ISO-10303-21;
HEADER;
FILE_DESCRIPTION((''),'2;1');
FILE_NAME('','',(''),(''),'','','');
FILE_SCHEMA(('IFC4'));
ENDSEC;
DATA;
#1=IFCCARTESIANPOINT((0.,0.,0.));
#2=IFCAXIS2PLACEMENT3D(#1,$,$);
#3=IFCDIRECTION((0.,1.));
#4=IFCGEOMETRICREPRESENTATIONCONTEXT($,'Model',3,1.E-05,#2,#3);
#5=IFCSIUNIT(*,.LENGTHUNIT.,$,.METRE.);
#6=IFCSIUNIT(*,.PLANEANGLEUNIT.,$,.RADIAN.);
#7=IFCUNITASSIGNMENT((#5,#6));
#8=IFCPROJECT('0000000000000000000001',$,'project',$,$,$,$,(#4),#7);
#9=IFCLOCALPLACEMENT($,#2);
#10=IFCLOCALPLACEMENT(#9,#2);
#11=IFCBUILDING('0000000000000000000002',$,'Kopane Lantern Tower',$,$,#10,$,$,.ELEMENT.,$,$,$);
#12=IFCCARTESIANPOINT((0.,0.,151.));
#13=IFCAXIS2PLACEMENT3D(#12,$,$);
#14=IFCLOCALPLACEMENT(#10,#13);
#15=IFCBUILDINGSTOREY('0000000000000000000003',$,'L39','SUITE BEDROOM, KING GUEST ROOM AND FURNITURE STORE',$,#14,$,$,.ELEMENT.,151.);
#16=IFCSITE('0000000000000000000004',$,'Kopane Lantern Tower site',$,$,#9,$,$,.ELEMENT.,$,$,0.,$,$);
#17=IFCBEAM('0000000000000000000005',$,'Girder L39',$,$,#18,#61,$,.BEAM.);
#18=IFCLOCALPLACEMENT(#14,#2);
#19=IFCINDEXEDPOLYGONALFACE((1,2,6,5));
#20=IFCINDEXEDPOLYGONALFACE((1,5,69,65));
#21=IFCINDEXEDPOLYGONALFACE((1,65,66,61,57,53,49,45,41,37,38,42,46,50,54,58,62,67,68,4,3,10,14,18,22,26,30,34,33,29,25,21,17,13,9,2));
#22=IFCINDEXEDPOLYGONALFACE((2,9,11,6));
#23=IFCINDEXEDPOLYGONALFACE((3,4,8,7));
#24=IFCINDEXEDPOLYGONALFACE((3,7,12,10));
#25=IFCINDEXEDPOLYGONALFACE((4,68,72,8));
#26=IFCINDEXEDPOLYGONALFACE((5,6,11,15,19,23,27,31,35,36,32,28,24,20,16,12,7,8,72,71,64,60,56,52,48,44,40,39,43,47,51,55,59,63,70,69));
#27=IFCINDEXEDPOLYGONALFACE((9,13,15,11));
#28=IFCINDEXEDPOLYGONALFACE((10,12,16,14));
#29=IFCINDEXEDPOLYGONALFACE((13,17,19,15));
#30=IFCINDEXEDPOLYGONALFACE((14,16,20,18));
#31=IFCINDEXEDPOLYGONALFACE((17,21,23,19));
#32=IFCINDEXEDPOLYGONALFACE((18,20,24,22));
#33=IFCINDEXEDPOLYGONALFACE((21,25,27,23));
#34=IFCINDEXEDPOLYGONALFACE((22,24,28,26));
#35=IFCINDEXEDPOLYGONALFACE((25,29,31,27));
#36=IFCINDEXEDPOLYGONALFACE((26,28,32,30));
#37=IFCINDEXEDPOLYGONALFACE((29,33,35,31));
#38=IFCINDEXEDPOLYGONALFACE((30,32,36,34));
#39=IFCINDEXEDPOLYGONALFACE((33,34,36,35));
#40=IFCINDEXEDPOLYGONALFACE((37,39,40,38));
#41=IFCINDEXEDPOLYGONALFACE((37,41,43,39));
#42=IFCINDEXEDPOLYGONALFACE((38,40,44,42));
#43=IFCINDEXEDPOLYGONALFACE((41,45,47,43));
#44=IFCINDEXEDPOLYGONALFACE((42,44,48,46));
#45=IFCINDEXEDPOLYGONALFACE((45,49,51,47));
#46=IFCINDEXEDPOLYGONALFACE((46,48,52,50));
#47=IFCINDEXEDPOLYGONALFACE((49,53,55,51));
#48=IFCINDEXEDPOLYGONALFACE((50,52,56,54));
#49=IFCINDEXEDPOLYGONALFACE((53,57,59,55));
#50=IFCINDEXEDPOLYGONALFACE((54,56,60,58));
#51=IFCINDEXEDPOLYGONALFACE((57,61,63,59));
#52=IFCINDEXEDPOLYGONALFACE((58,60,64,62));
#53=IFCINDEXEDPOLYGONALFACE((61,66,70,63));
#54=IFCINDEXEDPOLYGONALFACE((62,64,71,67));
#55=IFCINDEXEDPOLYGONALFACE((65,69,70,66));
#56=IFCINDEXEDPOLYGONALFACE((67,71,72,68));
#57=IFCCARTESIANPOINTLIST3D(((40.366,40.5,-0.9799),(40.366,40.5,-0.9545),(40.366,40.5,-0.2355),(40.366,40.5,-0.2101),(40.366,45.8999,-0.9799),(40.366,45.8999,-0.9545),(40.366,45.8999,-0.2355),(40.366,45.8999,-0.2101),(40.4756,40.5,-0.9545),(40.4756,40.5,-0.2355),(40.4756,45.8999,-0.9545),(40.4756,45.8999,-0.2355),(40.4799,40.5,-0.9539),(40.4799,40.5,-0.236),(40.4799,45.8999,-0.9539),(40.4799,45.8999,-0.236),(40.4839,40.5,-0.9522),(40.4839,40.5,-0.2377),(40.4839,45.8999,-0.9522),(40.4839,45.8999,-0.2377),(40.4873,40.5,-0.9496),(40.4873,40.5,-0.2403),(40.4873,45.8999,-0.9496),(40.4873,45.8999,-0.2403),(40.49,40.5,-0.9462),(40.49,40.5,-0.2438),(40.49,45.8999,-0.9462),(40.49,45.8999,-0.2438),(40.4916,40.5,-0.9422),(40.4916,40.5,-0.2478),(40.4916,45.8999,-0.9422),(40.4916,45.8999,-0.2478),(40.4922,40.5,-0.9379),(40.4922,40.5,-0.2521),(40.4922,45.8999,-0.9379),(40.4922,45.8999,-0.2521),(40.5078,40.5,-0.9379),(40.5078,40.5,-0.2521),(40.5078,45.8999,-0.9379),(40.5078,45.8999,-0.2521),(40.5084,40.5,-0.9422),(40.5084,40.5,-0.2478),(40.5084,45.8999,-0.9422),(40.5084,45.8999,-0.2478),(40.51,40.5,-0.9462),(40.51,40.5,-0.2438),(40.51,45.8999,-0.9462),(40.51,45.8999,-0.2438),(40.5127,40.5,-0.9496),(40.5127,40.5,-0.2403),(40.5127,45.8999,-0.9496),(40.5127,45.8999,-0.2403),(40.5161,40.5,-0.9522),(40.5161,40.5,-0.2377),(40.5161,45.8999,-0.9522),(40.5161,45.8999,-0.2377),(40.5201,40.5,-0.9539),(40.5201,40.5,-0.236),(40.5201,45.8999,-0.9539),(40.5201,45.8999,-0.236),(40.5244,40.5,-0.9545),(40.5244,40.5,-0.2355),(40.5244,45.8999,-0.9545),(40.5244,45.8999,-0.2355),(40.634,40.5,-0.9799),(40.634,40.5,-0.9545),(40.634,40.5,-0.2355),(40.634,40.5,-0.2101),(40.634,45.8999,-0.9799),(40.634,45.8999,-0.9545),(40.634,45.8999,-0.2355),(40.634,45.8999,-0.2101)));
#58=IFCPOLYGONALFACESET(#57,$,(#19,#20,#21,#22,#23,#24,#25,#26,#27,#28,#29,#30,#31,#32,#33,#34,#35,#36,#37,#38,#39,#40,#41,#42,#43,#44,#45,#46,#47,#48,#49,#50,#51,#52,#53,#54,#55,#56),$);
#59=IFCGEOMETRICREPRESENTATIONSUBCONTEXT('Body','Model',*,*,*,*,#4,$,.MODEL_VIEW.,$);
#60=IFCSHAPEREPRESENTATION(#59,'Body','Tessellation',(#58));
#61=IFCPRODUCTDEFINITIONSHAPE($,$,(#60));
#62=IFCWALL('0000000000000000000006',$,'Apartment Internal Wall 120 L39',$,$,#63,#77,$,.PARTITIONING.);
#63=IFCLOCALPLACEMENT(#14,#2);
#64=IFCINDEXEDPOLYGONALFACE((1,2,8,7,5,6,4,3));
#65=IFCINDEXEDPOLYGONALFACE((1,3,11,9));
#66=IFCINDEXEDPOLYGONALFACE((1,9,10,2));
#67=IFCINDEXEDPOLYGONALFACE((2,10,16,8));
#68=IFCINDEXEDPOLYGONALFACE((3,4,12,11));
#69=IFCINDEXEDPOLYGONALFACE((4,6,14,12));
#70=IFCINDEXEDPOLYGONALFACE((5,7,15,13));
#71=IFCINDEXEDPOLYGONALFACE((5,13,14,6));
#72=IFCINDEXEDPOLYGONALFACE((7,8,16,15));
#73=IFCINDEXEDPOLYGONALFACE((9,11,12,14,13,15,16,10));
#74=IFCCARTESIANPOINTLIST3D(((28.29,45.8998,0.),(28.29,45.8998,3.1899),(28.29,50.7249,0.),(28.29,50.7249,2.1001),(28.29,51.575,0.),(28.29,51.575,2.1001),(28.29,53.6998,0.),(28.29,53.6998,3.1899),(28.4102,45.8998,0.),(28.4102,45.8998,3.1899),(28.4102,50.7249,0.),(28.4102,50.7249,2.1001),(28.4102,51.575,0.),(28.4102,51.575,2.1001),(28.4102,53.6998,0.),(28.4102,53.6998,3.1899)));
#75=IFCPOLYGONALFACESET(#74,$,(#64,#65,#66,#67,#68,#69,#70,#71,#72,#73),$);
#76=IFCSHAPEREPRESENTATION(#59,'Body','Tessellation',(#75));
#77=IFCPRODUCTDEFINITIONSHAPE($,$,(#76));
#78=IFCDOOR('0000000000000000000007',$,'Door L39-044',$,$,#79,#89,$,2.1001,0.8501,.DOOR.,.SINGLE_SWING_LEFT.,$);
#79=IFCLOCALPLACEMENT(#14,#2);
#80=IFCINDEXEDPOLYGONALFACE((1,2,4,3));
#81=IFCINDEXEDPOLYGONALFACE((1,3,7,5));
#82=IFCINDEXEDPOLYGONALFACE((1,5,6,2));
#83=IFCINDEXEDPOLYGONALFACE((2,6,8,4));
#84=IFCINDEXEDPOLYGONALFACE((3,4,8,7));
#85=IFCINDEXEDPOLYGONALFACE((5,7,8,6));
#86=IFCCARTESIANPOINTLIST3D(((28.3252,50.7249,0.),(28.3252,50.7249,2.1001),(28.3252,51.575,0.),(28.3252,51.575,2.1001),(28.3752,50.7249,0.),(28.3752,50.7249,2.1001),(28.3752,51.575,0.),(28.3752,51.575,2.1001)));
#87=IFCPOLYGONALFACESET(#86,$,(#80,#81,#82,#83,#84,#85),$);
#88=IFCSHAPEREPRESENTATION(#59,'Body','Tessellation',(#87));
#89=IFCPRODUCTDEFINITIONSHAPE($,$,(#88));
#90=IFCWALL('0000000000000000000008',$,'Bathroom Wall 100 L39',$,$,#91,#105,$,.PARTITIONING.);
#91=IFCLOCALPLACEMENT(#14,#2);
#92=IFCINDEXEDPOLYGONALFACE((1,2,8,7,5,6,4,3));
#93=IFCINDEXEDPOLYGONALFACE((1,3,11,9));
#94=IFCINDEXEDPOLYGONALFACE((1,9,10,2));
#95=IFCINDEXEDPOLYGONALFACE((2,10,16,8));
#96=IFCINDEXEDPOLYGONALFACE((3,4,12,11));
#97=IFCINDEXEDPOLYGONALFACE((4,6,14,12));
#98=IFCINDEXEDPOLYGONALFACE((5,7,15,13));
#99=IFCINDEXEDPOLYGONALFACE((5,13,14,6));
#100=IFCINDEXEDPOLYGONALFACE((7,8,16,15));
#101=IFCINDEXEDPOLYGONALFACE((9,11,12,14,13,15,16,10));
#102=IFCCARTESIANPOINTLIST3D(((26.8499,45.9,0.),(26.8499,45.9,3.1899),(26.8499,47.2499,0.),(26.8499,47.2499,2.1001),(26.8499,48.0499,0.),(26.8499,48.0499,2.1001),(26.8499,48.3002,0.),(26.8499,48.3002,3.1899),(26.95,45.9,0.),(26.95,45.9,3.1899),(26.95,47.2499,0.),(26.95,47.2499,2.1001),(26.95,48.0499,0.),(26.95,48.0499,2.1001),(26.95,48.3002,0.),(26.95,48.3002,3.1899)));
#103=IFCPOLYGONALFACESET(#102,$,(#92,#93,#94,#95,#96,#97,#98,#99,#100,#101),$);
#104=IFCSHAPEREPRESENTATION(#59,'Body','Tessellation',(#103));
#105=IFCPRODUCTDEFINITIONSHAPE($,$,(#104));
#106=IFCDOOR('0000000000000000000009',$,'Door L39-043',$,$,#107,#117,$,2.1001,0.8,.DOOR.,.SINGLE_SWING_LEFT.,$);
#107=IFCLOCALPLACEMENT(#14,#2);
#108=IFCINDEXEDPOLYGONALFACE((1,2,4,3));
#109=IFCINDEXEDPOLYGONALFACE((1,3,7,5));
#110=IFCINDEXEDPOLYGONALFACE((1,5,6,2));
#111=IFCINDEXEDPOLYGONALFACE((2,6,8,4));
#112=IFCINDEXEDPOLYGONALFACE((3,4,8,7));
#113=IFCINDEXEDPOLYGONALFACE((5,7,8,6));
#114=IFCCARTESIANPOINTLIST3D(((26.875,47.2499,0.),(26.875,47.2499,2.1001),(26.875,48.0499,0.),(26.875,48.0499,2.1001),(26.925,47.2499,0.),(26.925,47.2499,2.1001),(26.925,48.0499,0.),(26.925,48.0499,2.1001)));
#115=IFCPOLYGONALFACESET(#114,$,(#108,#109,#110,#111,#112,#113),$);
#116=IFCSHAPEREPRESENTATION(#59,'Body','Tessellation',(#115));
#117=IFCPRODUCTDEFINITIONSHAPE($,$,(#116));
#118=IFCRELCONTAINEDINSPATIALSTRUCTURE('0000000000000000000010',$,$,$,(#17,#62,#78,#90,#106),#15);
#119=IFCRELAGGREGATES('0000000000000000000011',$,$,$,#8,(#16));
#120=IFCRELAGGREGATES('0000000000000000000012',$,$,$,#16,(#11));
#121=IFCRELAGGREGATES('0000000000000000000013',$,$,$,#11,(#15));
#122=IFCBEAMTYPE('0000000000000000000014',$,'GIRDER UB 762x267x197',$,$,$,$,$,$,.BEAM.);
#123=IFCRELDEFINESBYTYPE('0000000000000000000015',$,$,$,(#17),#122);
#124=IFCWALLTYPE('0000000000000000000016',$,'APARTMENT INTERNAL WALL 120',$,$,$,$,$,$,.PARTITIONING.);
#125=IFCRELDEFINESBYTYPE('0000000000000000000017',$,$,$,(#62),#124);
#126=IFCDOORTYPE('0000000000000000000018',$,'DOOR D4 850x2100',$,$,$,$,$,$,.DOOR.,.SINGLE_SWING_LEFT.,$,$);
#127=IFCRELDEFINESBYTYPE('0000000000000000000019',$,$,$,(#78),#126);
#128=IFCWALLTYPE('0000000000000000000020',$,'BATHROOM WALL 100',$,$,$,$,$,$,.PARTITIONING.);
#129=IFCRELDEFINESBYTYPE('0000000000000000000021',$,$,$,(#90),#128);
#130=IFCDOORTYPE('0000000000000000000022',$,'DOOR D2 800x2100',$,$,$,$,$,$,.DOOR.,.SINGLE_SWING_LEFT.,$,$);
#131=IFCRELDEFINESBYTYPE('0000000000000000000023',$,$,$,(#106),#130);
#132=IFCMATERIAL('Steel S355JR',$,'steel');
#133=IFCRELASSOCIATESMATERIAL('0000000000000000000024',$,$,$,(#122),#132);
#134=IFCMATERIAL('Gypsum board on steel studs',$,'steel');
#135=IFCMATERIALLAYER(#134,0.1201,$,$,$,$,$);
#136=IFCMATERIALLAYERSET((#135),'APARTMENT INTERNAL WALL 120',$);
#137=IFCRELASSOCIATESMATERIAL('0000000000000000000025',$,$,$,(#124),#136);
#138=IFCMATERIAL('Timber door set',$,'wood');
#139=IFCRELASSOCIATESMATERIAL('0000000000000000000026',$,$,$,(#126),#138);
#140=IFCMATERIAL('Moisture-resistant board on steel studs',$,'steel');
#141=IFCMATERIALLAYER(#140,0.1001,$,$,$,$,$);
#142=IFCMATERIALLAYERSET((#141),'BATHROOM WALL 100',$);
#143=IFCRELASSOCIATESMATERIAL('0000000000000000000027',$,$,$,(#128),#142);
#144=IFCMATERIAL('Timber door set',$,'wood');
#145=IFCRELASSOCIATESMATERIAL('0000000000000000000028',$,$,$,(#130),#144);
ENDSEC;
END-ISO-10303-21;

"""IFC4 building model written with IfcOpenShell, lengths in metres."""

from ifc_helpers import new_model, si_unit, direction, frame, frame_2d, origin, origin_2d, place, context, subcontext, project, spatial, rectangle, i_section, extrude, material, layer, layer_set, material_profile, profile_set, type_object, element, fill, save


model = new_model("IFC4")

# Units and contexts
model_context = context("Model", 3, precision=1e-05, world=origin(), true_north=direction((0.0, 1.0)))
body_context = subcontext(model_context, "Body", "Model", "MODEL_VIEW")
ifc_project = project(units=[si_unit("LENGTHUNIT", "METRE"), si_unit("PLANEANGLEUNIT", "RADIAN")], contexts=[model_context])

# Site, building, storey
site_placement = place(None, origin())
site = spatial("IfcSite", under=ifc_project, at=site_placement, Name="Kopane Lantern Tower site", CompositionType="ELEMENT", RefElevation=0.0)
building_placement = place(site_placement, origin())
building = spatial("IfcBuilding", under=site, at=building_placement, Name="Kopane Lantern Tower", CompositionType="ELEMENT")
storey_placement = place(building_placement, frame((0.0, 0.0, 151.0)))
storey = spatial("IfcBuildingStorey", under=building, at=storey_placement, Name="L39", Description="SUITE BEDROOM, KING GUEST ROOM AND FURNITURE STORE", CompositionType="ELEMENT", Elevation=151.0)

# Beam
ifc_material_1 = material(Name="Steel S355JR", Category="steel")
ifc_material_profile_1 = material_profile(ifc_material_1, i_section(OverallWidth=0.2681, OverallDepth=0.7698, WebThickness=0.0156, FlangeThickness=0.0254, FilletRadius=0.0166, at=origin_2d()), Name="UB 762x267x197")
ifc_profile_set_1 = profile_set([ifc_material_profile_1], Name="Steel S355JR")
beam_type = type_object("IfcBeamType", Name="GIRDER UB 762x267x197", PredefinedType="BEAM", material=ifc_profile_set_1)
beam_1_placement = place(storey_placement, frame((40.5, 40.5, -0.595), z_axis=(0.0, 1.0, 0.0), x_axis=(-1.0, 0.0, 0.0)))
element("IfcBeam", 1, at=beam_1_placement, inside=storey, type_object=beam_type, Name="Girder L39", PredefinedType="BEAM", context=body_context, shape_type="SweptSolid", body=[
    extrude(i_section(OverallWidth=0.2681, OverallDepth=0.7698, WebThickness=0.0156, FlangeThickness=0.0254, FilletRadius=0.0166, at=origin_2d()), origin(), (0.0, 0.0, 1.0), 5.3999),
])

# Walls, openings, doors
ifc_material_2 = material(Name="Gypsum board on steel studs", Category="steel")
ifc_layer_1 = layer(ifc_material_2, 0.1201)
ifc_layer_set_1 = layer_set([ifc_layer_1], Name="APARTMENT INTERNAL WALL 120")
wall_type_1 = type_object("IfcWallType", Name="APARTMENT INTERNAL WALL 120", PredefinedType="PARTITIONING", material=ifc_layer_set_1)
wall_1_placement = place(storey_placement, frame((28.3501, 45.8999, 0.0), z_axis=(0.0, 0.0, 1.0), x_axis=(0.0, 1.0, 0.0)))
wall_1 = element("IfcWall", 2, at=wall_1_placement, inside=storey, type_object=wall_type_1, Name="Apartment Internal Wall 120 L39", PredefinedType="PARTITIONING", context=body_context, shape_type="SweptSolid", body=[
    extrude(rectangle(XDim=7.8, YDim=0.1201, at=frame_2d((3.8999, 0.0))), origin(), (0.0, 0.0, 1.0), 3.1899),
])
opening_1_placement = place(wall_1_placement, frame((4.825, 0.0, 0.0)))
opening_1 = element("IfcOpeningElement", 3, at=opening_1_placement, cuts=wall_1, PredefinedType="OPENING", context=body_context, shape_type="SweptSolid", body=[
    extrude(rectangle(XDim=0.8501, YDim=2.1001, at=frame_2d((0.425, 1.05))), frame((0.0, 0.0701, 0.0), z_axis=(0.0, -1.0, 0.0), x_axis=(1.0, 0.0, 0.0)), (0.0, 0.0, 1.0), 0.1401),
])
ifc_material_3 = material(Name="Timber door set", Category="wood")
door_type_1 = type_object("IfcDoorType", Name="DOOR D4 850x2100", OperationType="SINGLE_SWING_LEFT", PredefinedType="DOOR", material=ifc_material_3)
door_1_placement = place(opening_1_placement, origin())
door_1 = element("IfcDoor", 4, at=door_1_placement, inside=storey, type_object=door_type_1, Name="Door L39-044", OperationType="SINGLE_SWING_LEFT", OverallHeight=2.1001, OverallWidth=0.8501, PredefinedType="DOOR", context=body_context, shape_type="SweptSolid", body=[
    extrude(rectangle(XDim=0.8501, YDim=2.1001, at=frame_2d((0.425, 1.05))), frame((0.0, 0.0249, 0.0), z_axis=(0.0, -1.0, 0.0), x_axis=(1.0, 0.0, 0.0)), (0.0, 0.0, 1.0), 0.05),
])
fill(opening_1, door_1)
ifc_material_4 = material(Name="Moisture-resistant board on steel studs", Category="steel")
ifc_layer_2 = layer(ifc_material_4, 0.1001)
ifc_layer_set_2 = layer_set([ifc_layer_2], Name="BATHROOM WALL 100")
wall_type_2 = type_object("IfcWallType", Name="BATHROOM WALL 100", PredefinedType="PARTITIONING", material=ifc_layer_set_2)
wall_2_placement = place(storey_placement, frame((26.8999, 45.8999, 0.0), z_axis=(0.0, 0.0, 1.0), x_axis=(0.0, 1.0, 0.0)))
wall_2 = element("IfcWall", 5, at=wall_2_placement, inside=storey, type_object=wall_type_2, Name="Bathroom Wall 100 L39", PredefinedType="PARTITIONING", context=body_context, shape_type="SweptSolid", body=[
    extrude(rectangle(XDim=2.4001, YDim=0.1001, at=frame_2d((1.2002, 0.0))), origin(), (0.0, 0.0, 1.0), 3.1899),
])
opening_2_placement = place(wall_2_placement, frame((1.3501, 0.0, 0.0)))
opening_2 = element("IfcOpeningElement", 6, at=opening_2_placement, cuts=wall_2, PredefinedType="OPENING", context=body_context, shape_type="SweptSolid", body=[
    extrude(rectangle(XDim=0.8, YDim=2.1001, at=frame_2d((0.3999, 1.05))), frame((0.0, 0.0601, 0.0), z_axis=(0.0, -1.0, 0.0), x_axis=(1.0, 0.0, 0.0)), (0.0, 0.0, 1.0), 0.1201),
])
ifc_material_5 = material(Name="Timber door set", Category="wood")
door_type_2 = type_object("IfcDoorType", Name="DOOR D2 800x2100", OperationType="SINGLE_SWING_LEFT", PredefinedType="DOOR", material=ifc_material_5)
door_2_placement = place(opening_2_placement, origin())
door_2 = element("IfcDoor", 7, at=door_2_placement, inside=storey, type_object=door_type_2, Name="Door L39-043", OperationType="SINGLE_SWING_LEFT", OverallHeight=2.1001, OverallWidth=0.8, PredefinedType="DOOR", context=body_context, shape_type="SweptSolid", body=[
    extrude(rectangle(XDim=0.8, YDim=2.1001, at=frame_2d((0.3999, 1.05))), frame((0.0, 0.0249, 0.0), z_axis=(0.0, -1.0, 0.0), x_axis=(1.0, 0.0, 0.0)), (0.0, 0.0, 1.0), 0.05),
])
fill(opening_2, door_2)

save(model, "model.ifc")
